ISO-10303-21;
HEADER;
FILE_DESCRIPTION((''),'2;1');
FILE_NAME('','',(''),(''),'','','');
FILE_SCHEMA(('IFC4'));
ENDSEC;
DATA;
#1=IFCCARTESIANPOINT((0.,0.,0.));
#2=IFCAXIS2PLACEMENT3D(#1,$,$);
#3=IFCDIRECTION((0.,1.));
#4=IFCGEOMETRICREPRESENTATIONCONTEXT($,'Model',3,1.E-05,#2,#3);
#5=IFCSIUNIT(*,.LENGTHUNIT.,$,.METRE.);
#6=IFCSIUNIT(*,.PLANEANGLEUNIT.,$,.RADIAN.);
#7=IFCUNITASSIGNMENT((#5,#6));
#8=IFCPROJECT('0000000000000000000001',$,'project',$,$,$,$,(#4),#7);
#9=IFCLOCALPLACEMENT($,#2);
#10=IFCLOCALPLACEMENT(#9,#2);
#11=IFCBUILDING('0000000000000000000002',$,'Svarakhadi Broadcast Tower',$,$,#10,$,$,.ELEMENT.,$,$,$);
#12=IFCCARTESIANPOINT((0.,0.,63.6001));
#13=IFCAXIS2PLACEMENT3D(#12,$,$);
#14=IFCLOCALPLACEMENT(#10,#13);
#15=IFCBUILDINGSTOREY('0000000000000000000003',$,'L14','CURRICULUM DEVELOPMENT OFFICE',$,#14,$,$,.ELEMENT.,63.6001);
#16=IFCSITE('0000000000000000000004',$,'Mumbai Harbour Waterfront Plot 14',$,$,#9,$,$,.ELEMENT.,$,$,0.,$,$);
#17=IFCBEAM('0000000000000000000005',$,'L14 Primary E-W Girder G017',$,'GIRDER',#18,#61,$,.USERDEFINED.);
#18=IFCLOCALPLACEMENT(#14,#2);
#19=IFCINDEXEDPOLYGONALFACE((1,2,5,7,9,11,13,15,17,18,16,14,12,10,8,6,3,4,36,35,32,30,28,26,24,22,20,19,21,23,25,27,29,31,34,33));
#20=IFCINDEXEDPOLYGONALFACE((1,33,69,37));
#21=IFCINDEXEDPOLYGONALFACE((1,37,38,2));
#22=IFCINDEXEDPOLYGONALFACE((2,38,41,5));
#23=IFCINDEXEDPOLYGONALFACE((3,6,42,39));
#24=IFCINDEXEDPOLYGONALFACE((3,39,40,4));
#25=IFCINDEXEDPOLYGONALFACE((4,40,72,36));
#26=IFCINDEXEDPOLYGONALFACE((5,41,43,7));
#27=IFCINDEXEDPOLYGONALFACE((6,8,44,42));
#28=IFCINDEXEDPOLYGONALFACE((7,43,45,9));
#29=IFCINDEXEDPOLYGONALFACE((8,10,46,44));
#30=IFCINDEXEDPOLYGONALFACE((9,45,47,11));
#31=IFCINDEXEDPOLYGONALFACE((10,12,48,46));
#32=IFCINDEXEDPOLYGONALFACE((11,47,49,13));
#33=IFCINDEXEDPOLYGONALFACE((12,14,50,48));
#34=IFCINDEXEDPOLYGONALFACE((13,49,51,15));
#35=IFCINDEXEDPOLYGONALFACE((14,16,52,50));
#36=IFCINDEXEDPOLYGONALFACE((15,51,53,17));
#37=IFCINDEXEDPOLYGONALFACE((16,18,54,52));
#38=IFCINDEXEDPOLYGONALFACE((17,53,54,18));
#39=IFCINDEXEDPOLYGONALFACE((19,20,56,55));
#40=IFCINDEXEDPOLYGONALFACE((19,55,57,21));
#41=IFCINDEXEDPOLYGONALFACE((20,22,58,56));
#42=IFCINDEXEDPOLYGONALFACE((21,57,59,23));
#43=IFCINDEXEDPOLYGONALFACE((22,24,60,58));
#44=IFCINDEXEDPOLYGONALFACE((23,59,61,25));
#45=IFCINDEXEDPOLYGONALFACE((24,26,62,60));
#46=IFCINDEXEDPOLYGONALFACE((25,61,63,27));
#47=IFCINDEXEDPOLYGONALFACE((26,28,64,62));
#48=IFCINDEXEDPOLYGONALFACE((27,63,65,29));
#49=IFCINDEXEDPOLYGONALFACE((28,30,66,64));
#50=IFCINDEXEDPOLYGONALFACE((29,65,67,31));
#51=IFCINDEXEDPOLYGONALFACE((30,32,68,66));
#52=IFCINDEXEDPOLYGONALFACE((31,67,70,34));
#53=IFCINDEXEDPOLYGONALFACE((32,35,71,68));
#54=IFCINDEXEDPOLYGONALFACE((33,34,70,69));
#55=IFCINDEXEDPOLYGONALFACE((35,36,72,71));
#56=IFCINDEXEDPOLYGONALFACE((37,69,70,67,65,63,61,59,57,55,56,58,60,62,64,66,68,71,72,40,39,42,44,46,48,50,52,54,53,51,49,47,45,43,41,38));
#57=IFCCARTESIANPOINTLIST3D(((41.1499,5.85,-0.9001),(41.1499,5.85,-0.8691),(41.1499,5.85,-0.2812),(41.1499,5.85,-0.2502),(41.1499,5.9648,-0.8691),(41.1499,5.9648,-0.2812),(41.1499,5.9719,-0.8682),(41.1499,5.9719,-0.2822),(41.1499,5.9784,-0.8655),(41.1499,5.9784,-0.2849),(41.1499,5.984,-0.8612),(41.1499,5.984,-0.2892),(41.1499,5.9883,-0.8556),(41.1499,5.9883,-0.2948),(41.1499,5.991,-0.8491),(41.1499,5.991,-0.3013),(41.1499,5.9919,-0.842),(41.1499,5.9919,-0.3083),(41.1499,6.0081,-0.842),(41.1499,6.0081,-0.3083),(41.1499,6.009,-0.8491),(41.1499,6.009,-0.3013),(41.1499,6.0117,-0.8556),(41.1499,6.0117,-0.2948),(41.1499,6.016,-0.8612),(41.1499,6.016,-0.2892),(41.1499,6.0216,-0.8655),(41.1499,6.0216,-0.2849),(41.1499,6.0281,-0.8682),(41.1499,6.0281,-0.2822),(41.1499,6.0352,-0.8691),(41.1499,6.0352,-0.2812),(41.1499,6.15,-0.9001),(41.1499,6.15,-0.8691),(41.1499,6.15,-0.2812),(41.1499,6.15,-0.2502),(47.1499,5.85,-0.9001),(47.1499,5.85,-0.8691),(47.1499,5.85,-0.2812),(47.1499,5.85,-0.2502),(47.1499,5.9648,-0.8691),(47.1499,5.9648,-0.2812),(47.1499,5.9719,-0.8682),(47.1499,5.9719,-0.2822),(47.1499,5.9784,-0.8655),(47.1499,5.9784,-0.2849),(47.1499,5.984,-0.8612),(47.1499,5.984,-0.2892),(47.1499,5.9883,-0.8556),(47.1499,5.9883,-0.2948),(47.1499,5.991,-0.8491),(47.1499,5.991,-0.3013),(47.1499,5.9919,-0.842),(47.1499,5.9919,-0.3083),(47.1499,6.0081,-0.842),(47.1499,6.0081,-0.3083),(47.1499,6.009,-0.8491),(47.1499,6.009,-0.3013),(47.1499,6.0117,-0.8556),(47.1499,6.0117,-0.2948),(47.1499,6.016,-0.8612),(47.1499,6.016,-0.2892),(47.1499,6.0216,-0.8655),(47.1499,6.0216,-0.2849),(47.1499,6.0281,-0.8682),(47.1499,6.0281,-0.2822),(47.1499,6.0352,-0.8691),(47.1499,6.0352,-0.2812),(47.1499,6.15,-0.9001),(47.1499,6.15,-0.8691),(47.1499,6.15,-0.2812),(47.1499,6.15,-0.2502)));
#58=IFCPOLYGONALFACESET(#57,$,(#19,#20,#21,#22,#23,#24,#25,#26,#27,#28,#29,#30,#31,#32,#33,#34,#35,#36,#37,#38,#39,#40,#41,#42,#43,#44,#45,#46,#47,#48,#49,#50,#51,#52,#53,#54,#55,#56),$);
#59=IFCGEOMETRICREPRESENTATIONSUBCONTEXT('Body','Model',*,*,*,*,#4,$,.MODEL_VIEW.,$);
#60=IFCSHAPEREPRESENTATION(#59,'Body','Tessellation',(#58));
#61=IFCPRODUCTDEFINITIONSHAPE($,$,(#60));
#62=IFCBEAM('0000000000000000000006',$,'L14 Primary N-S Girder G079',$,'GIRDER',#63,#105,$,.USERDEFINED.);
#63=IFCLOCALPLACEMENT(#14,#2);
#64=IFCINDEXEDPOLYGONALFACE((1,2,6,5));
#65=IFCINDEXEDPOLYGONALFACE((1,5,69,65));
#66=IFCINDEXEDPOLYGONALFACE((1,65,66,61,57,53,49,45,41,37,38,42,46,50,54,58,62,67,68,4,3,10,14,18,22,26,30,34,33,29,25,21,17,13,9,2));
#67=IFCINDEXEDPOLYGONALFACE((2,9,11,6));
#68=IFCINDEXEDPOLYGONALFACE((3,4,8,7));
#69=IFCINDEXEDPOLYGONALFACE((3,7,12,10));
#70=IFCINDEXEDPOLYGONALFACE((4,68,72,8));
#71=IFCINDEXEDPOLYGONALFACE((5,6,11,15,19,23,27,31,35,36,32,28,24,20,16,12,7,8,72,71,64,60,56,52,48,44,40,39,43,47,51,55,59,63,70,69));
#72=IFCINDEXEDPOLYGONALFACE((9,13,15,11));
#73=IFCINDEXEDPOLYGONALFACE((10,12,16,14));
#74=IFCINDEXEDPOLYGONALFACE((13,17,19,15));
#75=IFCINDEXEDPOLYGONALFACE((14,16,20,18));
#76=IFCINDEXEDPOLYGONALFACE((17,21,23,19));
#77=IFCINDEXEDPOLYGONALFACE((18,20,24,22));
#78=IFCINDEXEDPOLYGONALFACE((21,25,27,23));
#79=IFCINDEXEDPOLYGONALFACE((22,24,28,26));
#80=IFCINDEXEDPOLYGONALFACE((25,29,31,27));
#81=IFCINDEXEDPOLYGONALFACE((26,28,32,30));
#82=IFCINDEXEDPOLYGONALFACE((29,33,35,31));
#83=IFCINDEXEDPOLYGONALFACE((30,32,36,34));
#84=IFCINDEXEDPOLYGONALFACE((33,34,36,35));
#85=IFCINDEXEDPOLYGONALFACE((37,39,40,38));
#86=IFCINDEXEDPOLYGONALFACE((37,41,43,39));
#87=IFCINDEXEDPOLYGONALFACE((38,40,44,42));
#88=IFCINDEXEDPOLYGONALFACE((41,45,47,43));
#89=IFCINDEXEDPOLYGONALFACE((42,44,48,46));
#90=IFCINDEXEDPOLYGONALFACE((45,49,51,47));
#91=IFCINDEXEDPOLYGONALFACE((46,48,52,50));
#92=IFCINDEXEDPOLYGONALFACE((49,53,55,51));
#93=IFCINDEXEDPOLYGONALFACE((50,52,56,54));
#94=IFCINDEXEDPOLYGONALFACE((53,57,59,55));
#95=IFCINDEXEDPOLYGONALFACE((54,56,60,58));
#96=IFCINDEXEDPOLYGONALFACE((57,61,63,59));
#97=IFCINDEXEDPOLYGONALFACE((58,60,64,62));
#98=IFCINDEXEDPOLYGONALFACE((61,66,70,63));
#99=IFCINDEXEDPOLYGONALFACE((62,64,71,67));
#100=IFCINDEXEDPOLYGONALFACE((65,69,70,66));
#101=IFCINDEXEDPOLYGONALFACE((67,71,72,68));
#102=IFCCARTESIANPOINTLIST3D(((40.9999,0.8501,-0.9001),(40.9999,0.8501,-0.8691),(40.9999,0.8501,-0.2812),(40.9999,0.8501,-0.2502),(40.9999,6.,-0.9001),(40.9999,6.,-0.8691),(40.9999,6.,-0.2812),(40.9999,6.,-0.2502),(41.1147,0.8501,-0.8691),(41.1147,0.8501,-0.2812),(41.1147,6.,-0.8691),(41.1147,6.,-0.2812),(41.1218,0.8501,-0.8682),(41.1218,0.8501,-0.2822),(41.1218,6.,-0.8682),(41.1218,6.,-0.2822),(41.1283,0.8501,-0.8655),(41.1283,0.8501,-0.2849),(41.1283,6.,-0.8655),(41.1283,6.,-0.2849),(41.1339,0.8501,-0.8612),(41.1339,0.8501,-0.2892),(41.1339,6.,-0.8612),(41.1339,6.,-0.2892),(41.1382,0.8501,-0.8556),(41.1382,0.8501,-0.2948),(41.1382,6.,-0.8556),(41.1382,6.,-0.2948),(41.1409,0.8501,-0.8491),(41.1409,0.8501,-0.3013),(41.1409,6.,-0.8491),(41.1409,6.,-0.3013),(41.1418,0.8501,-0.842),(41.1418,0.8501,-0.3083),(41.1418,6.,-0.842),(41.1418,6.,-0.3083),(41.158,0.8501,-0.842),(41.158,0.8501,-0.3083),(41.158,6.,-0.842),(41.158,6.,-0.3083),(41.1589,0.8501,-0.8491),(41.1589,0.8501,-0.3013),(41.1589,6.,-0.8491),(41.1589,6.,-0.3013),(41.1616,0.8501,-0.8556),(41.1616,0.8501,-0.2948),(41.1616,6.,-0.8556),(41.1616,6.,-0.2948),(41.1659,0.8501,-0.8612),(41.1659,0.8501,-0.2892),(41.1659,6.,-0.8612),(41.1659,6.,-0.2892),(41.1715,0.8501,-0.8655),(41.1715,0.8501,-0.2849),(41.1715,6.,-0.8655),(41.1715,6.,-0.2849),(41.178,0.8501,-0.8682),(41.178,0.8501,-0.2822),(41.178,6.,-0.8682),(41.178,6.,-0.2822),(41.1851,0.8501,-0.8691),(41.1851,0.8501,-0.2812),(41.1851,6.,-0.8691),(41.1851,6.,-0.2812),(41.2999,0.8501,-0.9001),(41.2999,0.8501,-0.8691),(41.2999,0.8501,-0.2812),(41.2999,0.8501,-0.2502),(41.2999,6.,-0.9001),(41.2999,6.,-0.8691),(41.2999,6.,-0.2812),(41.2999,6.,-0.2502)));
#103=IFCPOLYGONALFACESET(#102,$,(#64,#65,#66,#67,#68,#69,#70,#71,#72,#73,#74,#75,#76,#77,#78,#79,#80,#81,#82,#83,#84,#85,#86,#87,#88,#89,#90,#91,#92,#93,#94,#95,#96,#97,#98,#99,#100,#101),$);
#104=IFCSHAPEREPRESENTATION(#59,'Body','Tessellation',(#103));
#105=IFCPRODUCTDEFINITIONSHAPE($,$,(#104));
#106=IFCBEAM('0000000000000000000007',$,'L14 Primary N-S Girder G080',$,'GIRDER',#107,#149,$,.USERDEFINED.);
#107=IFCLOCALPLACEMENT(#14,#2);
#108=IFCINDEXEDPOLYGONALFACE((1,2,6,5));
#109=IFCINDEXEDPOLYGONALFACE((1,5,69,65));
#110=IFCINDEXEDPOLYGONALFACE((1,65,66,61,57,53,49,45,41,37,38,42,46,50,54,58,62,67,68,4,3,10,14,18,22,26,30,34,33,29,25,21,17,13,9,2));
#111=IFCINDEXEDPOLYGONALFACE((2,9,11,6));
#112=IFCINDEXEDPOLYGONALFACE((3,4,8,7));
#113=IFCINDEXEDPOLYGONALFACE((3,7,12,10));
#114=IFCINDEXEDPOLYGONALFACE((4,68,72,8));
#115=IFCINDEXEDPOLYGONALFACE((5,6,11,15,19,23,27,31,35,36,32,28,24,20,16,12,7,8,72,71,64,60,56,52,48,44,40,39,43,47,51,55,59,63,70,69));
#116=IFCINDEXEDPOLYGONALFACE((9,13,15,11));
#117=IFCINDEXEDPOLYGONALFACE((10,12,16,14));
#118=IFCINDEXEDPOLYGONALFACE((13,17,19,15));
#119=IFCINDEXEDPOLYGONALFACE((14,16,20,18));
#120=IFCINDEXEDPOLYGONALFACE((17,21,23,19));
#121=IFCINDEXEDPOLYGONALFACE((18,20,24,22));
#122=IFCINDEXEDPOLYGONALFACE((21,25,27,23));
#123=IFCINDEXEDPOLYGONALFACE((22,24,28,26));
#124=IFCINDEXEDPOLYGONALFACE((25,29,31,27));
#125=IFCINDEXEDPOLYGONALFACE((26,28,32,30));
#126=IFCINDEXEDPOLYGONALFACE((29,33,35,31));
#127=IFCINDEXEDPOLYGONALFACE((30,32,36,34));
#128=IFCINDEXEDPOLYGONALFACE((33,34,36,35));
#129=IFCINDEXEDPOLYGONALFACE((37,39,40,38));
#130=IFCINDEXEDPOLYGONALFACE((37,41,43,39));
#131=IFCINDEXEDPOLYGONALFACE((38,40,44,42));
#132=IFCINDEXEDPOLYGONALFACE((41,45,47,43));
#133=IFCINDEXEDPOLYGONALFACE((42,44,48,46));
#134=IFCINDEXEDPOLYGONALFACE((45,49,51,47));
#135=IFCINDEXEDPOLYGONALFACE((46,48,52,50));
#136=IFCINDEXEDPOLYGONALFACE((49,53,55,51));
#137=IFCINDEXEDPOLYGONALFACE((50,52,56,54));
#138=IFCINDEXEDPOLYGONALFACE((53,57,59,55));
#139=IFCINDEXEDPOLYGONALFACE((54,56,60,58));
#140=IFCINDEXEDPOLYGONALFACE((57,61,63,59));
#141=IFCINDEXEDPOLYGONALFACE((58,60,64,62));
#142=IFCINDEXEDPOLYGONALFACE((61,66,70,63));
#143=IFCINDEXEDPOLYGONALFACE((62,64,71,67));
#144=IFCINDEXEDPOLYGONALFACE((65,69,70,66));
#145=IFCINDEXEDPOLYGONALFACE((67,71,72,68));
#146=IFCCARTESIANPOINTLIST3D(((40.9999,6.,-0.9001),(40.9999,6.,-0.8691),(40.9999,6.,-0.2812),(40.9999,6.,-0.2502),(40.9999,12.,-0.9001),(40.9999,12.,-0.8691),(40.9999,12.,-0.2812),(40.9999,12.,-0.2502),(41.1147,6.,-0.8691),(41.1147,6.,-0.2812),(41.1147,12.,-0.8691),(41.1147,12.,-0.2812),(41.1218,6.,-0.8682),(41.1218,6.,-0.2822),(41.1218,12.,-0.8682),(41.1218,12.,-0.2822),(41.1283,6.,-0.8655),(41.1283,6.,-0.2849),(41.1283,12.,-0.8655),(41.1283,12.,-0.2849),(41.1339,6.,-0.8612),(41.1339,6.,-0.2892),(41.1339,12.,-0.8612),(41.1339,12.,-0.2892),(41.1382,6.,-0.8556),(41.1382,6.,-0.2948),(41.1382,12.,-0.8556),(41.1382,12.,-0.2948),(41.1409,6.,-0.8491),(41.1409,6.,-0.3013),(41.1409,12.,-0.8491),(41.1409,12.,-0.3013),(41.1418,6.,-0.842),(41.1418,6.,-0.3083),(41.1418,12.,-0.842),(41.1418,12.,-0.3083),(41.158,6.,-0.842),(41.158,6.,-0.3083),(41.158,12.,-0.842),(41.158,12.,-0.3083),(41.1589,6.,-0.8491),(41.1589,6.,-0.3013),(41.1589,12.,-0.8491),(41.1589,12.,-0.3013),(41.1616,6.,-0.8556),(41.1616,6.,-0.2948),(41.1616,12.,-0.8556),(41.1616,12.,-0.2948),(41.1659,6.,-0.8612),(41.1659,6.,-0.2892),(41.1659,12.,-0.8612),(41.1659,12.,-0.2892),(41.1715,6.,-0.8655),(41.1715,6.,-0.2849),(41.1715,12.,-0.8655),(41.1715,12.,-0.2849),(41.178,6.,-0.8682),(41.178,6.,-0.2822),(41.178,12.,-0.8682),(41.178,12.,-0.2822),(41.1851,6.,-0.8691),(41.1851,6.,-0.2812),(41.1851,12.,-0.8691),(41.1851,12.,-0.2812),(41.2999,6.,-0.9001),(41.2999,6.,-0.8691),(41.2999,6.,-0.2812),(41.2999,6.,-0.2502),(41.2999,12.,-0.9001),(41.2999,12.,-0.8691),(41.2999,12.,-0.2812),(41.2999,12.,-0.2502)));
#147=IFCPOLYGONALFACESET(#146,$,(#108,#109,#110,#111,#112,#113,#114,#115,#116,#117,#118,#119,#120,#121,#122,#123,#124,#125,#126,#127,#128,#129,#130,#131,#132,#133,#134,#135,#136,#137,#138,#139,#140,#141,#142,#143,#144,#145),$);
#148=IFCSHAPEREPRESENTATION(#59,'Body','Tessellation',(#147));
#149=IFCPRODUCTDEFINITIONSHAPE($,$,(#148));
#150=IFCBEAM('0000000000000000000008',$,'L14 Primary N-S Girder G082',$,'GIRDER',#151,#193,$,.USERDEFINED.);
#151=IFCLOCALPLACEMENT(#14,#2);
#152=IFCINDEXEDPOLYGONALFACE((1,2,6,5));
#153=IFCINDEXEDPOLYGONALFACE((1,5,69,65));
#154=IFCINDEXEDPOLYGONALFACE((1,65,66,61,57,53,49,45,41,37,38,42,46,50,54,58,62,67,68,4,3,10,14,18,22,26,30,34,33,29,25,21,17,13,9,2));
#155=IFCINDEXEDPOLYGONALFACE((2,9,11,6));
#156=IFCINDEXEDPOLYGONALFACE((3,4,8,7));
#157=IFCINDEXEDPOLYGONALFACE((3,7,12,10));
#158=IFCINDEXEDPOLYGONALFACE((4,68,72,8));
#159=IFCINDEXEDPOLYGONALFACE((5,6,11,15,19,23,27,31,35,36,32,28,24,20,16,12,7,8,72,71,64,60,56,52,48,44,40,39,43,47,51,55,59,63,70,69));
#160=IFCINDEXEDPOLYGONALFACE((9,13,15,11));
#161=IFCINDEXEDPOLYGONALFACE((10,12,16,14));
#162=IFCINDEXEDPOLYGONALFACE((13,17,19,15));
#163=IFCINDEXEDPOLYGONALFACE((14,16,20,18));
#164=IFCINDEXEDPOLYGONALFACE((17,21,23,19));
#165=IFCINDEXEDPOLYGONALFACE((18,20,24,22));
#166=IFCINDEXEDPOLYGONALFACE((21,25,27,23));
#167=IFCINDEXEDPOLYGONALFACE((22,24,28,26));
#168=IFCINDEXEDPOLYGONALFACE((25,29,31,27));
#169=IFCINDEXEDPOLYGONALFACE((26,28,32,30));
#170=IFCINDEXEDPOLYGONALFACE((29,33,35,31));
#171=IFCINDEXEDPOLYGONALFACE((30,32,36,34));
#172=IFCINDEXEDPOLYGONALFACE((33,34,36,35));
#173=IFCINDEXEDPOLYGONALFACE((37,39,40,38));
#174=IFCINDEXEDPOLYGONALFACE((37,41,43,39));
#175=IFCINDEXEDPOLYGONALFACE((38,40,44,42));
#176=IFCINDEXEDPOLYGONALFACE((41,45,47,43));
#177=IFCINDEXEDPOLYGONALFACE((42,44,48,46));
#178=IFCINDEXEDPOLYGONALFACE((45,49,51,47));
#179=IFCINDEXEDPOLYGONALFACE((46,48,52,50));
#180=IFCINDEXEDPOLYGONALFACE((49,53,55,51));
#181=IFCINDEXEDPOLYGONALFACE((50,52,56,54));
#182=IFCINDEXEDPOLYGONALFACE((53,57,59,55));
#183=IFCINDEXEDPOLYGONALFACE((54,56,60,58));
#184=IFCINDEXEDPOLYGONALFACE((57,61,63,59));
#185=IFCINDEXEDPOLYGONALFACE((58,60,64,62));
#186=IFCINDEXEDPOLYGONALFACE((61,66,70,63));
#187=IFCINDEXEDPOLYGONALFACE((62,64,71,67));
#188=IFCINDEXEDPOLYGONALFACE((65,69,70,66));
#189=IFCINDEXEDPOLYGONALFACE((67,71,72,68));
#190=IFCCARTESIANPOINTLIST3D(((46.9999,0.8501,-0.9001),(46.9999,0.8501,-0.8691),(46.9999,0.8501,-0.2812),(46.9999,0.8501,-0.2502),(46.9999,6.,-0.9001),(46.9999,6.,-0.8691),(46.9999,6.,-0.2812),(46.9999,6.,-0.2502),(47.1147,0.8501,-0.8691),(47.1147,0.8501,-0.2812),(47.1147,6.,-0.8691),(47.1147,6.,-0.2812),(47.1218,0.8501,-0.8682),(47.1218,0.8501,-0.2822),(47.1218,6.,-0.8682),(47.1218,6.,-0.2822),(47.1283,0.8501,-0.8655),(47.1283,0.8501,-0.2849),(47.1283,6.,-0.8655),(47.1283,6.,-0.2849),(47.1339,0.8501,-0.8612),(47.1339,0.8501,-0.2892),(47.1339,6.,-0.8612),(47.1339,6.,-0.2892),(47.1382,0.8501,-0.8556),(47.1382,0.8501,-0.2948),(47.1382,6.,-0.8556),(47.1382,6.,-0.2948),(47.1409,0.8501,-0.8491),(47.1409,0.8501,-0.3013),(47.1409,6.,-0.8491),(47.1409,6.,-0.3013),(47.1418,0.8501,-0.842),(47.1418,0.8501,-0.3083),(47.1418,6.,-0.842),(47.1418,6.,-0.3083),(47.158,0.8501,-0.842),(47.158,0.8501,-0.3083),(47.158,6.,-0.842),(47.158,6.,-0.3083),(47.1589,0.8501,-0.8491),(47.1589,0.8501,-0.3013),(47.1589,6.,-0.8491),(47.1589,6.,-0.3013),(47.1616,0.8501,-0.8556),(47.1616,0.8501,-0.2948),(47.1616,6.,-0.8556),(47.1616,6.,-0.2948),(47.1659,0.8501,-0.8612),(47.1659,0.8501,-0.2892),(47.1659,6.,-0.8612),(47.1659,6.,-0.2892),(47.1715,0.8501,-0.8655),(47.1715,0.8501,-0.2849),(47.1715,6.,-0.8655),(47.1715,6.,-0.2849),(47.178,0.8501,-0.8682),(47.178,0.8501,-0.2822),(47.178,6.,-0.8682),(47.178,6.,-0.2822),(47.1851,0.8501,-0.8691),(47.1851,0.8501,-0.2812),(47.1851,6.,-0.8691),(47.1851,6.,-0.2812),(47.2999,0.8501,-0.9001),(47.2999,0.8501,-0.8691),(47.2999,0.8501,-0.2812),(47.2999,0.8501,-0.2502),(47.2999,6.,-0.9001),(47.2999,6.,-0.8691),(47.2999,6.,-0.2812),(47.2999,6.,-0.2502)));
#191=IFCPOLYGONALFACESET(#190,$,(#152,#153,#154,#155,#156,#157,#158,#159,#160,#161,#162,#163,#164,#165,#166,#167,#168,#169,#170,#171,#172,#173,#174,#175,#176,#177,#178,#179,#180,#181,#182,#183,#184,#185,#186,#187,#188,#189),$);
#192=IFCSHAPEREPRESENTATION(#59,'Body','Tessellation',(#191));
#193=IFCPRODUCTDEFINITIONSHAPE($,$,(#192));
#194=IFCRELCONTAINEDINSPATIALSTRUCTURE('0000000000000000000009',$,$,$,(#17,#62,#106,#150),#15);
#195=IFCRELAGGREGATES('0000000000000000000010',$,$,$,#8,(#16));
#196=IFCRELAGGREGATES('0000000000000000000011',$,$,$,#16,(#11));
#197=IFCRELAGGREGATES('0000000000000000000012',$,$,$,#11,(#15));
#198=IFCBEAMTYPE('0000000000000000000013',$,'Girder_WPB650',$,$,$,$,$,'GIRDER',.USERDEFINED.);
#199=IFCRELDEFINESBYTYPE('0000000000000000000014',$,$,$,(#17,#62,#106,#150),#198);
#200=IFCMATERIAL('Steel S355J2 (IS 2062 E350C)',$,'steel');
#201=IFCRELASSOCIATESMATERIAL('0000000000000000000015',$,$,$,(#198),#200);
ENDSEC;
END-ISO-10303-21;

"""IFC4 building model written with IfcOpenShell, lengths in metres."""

from ifc_helpers import new_model, si_unit, direction, frame, origin, origin_2d, place, context, subcontext, project, spatial, i_section, extrude, material, material_profile, profile_set, type_object, element, save


model = new_model("IFC4")

# Units and contexts
model_context = context("Model", 3, precision=1e-05, world=origin(), true_north=direction((0.0, 1.0)))
body_context = subcontext(model_context, "Body", "Model", "MODEL_VIEW")
ifc_project = project(units=[si_unit("LENGTHUNIT", "METRE"), si_unit("PLANEANGLEUNIT", "RADIAN")], contexts=[model_context])

# Site, building, storey
site_placement = place(None, origin())
site = spatial("IfcSite", under=ifc_project, at=site_placement, Name="Mumbai Harbour Waterfront Plot 14", CompositionType="ELEMENT", RefElevation=0.0)
building_placement = place(site_placement, origin())
building = spatial("IfcBuilding", under=site, at=building_placement, Name="Svarakhadi Broadcast Tower", CompositionType="ELEMENT")
storey_placement = place(building_placement, frame((0.0, 0.0, 63.6001)))
storey = spatial("IfcBuildingStorey", under=building, at=storey_placement, Name="L14", Description="CURRICULUM DEVELOPMENT OFFICE", CompositionType="ELEMENT", Elevation=63.6001)

# Shared definitions
ifc_material_1 = material(Name="Steel S355J2 (IS 2062 E350C)", Category="steel")

# Beams
ifc_material_profile_1 = material_profile(ifc_material_1, i_section(OverallWidth=0.3, OverallDepth=0.6499, WebThickness=0.0161, FlangeThickness=0.031, FilletRadius=0.0271, at=origin_2d()), Name="WPB 650x300x225")
ifc_profile_set_1 = profile_set([ifc_material_profile_1], Name="Steel S355J2 (IS 2062 E350C)")
beam_type_1 = type_object("IfcBeamType", Name="Girder_WPB650", ElementType="GIRDER", PredefinedType="USERDEFINED", material=ifc_profile_set_1)
beam_1_placement = place(storey_placement, frame((41.1499, 6.0, -0.5752), z_axis=(1.0, 0.0, 0.0), x_axis=(0.0, 1.0, 0.0)))
element("IfcBeam", 1, at=beam_1_placement, inside=storey, type_object=beam_type_1, Name="L14 Primary E-W Girder G017", ObjectType="GIRDER", PredefinedType="USERDEFINED", context=body_context, shape_type="SweptSolid", body=[
    extrude(i_section(OverallWidth=0.3, OverallDepth=0.6499, WebThickness=0.0161, FlangeThickness=0.031, FilletRadius=0.0271, at=origin_2d()), origin(), (0.0, 0.0, 1.0), 6.0),
])
beam_2_placement = place(storey_placement, frame((41.1499, 0.8501, -0.5752), z_axis=(0.0, 1.0, 0.0), x_axis=(-1.0, 0.0, 0.0)))
element("IfcBeam", 2, at=beam_2_placement, inside=storey, type_object=beam_type_1, Name="L14 Primary N-S Girder G079", ObjectType="GIRDER", PredefinedType="USERDEFINED", context=body_context, shape_type="SweptSolid", body=[
    extrude(i_section(OverallWidth=0.3, OverallDepth=0.6499, WebThickness=0.0161, FlangeThickness=0.031, FilletRadius=0.0271, at=origin_2d()), origin(), (0.0, 0.0, 1.0), 5.1499),
])
beam_3_placement = place(storey_placement, frame((41.1499, 6.0, -0.5752), z_axis=(0.0, 1.0, 0.0), x_axis=(-1.0, 0.0, 0.0)))
element("IfcBeam", 3, at=beam_3_placement, inside=storey, type_object=beam_type_1, Name="L14 Primary N-S Girder G080", ObjectType="GIRDER", PredefinedType="USERDEFINED", context=body_context, shape_type="SweptSolid", body=[
    extrude(i_section(OverallWidth=0.3, OverallDepth=0.6499, WebThickness=0.0161, FlangeThickness=0.031, FilletRadius=0.0271, at=origin_2d()), origin(), (0.0, 0.0, 1.0), 6.0),
])
beam_4_placement = place(storey_placement, frame((47.1499, 0.8501, -0.5752), z_axis=(0.0, 1.0, 0.0), x_axis=(-1.0, 0.0, 0.0)))
element("IfcBeam", 4, at=beam_4_placement, inside=storey, type_object=beam_type_1, Name="L14 Primary N-S Girder G082", ObjectType="GIRDER", PredefinedType="USERDEFINED", context=body_context, shape_type="SweptSolid", body=[
    extrude(i_section(OverallWidth=0.3, OverallDepth=0.6499, WebThickness=0.0161, FlangeThickness=0.031, FilletRadius=0.0271, at=origin_2d()), origin(), (0.0, 0.0, 1.0), 5.1499),
])

save(model, "model.ifc")
